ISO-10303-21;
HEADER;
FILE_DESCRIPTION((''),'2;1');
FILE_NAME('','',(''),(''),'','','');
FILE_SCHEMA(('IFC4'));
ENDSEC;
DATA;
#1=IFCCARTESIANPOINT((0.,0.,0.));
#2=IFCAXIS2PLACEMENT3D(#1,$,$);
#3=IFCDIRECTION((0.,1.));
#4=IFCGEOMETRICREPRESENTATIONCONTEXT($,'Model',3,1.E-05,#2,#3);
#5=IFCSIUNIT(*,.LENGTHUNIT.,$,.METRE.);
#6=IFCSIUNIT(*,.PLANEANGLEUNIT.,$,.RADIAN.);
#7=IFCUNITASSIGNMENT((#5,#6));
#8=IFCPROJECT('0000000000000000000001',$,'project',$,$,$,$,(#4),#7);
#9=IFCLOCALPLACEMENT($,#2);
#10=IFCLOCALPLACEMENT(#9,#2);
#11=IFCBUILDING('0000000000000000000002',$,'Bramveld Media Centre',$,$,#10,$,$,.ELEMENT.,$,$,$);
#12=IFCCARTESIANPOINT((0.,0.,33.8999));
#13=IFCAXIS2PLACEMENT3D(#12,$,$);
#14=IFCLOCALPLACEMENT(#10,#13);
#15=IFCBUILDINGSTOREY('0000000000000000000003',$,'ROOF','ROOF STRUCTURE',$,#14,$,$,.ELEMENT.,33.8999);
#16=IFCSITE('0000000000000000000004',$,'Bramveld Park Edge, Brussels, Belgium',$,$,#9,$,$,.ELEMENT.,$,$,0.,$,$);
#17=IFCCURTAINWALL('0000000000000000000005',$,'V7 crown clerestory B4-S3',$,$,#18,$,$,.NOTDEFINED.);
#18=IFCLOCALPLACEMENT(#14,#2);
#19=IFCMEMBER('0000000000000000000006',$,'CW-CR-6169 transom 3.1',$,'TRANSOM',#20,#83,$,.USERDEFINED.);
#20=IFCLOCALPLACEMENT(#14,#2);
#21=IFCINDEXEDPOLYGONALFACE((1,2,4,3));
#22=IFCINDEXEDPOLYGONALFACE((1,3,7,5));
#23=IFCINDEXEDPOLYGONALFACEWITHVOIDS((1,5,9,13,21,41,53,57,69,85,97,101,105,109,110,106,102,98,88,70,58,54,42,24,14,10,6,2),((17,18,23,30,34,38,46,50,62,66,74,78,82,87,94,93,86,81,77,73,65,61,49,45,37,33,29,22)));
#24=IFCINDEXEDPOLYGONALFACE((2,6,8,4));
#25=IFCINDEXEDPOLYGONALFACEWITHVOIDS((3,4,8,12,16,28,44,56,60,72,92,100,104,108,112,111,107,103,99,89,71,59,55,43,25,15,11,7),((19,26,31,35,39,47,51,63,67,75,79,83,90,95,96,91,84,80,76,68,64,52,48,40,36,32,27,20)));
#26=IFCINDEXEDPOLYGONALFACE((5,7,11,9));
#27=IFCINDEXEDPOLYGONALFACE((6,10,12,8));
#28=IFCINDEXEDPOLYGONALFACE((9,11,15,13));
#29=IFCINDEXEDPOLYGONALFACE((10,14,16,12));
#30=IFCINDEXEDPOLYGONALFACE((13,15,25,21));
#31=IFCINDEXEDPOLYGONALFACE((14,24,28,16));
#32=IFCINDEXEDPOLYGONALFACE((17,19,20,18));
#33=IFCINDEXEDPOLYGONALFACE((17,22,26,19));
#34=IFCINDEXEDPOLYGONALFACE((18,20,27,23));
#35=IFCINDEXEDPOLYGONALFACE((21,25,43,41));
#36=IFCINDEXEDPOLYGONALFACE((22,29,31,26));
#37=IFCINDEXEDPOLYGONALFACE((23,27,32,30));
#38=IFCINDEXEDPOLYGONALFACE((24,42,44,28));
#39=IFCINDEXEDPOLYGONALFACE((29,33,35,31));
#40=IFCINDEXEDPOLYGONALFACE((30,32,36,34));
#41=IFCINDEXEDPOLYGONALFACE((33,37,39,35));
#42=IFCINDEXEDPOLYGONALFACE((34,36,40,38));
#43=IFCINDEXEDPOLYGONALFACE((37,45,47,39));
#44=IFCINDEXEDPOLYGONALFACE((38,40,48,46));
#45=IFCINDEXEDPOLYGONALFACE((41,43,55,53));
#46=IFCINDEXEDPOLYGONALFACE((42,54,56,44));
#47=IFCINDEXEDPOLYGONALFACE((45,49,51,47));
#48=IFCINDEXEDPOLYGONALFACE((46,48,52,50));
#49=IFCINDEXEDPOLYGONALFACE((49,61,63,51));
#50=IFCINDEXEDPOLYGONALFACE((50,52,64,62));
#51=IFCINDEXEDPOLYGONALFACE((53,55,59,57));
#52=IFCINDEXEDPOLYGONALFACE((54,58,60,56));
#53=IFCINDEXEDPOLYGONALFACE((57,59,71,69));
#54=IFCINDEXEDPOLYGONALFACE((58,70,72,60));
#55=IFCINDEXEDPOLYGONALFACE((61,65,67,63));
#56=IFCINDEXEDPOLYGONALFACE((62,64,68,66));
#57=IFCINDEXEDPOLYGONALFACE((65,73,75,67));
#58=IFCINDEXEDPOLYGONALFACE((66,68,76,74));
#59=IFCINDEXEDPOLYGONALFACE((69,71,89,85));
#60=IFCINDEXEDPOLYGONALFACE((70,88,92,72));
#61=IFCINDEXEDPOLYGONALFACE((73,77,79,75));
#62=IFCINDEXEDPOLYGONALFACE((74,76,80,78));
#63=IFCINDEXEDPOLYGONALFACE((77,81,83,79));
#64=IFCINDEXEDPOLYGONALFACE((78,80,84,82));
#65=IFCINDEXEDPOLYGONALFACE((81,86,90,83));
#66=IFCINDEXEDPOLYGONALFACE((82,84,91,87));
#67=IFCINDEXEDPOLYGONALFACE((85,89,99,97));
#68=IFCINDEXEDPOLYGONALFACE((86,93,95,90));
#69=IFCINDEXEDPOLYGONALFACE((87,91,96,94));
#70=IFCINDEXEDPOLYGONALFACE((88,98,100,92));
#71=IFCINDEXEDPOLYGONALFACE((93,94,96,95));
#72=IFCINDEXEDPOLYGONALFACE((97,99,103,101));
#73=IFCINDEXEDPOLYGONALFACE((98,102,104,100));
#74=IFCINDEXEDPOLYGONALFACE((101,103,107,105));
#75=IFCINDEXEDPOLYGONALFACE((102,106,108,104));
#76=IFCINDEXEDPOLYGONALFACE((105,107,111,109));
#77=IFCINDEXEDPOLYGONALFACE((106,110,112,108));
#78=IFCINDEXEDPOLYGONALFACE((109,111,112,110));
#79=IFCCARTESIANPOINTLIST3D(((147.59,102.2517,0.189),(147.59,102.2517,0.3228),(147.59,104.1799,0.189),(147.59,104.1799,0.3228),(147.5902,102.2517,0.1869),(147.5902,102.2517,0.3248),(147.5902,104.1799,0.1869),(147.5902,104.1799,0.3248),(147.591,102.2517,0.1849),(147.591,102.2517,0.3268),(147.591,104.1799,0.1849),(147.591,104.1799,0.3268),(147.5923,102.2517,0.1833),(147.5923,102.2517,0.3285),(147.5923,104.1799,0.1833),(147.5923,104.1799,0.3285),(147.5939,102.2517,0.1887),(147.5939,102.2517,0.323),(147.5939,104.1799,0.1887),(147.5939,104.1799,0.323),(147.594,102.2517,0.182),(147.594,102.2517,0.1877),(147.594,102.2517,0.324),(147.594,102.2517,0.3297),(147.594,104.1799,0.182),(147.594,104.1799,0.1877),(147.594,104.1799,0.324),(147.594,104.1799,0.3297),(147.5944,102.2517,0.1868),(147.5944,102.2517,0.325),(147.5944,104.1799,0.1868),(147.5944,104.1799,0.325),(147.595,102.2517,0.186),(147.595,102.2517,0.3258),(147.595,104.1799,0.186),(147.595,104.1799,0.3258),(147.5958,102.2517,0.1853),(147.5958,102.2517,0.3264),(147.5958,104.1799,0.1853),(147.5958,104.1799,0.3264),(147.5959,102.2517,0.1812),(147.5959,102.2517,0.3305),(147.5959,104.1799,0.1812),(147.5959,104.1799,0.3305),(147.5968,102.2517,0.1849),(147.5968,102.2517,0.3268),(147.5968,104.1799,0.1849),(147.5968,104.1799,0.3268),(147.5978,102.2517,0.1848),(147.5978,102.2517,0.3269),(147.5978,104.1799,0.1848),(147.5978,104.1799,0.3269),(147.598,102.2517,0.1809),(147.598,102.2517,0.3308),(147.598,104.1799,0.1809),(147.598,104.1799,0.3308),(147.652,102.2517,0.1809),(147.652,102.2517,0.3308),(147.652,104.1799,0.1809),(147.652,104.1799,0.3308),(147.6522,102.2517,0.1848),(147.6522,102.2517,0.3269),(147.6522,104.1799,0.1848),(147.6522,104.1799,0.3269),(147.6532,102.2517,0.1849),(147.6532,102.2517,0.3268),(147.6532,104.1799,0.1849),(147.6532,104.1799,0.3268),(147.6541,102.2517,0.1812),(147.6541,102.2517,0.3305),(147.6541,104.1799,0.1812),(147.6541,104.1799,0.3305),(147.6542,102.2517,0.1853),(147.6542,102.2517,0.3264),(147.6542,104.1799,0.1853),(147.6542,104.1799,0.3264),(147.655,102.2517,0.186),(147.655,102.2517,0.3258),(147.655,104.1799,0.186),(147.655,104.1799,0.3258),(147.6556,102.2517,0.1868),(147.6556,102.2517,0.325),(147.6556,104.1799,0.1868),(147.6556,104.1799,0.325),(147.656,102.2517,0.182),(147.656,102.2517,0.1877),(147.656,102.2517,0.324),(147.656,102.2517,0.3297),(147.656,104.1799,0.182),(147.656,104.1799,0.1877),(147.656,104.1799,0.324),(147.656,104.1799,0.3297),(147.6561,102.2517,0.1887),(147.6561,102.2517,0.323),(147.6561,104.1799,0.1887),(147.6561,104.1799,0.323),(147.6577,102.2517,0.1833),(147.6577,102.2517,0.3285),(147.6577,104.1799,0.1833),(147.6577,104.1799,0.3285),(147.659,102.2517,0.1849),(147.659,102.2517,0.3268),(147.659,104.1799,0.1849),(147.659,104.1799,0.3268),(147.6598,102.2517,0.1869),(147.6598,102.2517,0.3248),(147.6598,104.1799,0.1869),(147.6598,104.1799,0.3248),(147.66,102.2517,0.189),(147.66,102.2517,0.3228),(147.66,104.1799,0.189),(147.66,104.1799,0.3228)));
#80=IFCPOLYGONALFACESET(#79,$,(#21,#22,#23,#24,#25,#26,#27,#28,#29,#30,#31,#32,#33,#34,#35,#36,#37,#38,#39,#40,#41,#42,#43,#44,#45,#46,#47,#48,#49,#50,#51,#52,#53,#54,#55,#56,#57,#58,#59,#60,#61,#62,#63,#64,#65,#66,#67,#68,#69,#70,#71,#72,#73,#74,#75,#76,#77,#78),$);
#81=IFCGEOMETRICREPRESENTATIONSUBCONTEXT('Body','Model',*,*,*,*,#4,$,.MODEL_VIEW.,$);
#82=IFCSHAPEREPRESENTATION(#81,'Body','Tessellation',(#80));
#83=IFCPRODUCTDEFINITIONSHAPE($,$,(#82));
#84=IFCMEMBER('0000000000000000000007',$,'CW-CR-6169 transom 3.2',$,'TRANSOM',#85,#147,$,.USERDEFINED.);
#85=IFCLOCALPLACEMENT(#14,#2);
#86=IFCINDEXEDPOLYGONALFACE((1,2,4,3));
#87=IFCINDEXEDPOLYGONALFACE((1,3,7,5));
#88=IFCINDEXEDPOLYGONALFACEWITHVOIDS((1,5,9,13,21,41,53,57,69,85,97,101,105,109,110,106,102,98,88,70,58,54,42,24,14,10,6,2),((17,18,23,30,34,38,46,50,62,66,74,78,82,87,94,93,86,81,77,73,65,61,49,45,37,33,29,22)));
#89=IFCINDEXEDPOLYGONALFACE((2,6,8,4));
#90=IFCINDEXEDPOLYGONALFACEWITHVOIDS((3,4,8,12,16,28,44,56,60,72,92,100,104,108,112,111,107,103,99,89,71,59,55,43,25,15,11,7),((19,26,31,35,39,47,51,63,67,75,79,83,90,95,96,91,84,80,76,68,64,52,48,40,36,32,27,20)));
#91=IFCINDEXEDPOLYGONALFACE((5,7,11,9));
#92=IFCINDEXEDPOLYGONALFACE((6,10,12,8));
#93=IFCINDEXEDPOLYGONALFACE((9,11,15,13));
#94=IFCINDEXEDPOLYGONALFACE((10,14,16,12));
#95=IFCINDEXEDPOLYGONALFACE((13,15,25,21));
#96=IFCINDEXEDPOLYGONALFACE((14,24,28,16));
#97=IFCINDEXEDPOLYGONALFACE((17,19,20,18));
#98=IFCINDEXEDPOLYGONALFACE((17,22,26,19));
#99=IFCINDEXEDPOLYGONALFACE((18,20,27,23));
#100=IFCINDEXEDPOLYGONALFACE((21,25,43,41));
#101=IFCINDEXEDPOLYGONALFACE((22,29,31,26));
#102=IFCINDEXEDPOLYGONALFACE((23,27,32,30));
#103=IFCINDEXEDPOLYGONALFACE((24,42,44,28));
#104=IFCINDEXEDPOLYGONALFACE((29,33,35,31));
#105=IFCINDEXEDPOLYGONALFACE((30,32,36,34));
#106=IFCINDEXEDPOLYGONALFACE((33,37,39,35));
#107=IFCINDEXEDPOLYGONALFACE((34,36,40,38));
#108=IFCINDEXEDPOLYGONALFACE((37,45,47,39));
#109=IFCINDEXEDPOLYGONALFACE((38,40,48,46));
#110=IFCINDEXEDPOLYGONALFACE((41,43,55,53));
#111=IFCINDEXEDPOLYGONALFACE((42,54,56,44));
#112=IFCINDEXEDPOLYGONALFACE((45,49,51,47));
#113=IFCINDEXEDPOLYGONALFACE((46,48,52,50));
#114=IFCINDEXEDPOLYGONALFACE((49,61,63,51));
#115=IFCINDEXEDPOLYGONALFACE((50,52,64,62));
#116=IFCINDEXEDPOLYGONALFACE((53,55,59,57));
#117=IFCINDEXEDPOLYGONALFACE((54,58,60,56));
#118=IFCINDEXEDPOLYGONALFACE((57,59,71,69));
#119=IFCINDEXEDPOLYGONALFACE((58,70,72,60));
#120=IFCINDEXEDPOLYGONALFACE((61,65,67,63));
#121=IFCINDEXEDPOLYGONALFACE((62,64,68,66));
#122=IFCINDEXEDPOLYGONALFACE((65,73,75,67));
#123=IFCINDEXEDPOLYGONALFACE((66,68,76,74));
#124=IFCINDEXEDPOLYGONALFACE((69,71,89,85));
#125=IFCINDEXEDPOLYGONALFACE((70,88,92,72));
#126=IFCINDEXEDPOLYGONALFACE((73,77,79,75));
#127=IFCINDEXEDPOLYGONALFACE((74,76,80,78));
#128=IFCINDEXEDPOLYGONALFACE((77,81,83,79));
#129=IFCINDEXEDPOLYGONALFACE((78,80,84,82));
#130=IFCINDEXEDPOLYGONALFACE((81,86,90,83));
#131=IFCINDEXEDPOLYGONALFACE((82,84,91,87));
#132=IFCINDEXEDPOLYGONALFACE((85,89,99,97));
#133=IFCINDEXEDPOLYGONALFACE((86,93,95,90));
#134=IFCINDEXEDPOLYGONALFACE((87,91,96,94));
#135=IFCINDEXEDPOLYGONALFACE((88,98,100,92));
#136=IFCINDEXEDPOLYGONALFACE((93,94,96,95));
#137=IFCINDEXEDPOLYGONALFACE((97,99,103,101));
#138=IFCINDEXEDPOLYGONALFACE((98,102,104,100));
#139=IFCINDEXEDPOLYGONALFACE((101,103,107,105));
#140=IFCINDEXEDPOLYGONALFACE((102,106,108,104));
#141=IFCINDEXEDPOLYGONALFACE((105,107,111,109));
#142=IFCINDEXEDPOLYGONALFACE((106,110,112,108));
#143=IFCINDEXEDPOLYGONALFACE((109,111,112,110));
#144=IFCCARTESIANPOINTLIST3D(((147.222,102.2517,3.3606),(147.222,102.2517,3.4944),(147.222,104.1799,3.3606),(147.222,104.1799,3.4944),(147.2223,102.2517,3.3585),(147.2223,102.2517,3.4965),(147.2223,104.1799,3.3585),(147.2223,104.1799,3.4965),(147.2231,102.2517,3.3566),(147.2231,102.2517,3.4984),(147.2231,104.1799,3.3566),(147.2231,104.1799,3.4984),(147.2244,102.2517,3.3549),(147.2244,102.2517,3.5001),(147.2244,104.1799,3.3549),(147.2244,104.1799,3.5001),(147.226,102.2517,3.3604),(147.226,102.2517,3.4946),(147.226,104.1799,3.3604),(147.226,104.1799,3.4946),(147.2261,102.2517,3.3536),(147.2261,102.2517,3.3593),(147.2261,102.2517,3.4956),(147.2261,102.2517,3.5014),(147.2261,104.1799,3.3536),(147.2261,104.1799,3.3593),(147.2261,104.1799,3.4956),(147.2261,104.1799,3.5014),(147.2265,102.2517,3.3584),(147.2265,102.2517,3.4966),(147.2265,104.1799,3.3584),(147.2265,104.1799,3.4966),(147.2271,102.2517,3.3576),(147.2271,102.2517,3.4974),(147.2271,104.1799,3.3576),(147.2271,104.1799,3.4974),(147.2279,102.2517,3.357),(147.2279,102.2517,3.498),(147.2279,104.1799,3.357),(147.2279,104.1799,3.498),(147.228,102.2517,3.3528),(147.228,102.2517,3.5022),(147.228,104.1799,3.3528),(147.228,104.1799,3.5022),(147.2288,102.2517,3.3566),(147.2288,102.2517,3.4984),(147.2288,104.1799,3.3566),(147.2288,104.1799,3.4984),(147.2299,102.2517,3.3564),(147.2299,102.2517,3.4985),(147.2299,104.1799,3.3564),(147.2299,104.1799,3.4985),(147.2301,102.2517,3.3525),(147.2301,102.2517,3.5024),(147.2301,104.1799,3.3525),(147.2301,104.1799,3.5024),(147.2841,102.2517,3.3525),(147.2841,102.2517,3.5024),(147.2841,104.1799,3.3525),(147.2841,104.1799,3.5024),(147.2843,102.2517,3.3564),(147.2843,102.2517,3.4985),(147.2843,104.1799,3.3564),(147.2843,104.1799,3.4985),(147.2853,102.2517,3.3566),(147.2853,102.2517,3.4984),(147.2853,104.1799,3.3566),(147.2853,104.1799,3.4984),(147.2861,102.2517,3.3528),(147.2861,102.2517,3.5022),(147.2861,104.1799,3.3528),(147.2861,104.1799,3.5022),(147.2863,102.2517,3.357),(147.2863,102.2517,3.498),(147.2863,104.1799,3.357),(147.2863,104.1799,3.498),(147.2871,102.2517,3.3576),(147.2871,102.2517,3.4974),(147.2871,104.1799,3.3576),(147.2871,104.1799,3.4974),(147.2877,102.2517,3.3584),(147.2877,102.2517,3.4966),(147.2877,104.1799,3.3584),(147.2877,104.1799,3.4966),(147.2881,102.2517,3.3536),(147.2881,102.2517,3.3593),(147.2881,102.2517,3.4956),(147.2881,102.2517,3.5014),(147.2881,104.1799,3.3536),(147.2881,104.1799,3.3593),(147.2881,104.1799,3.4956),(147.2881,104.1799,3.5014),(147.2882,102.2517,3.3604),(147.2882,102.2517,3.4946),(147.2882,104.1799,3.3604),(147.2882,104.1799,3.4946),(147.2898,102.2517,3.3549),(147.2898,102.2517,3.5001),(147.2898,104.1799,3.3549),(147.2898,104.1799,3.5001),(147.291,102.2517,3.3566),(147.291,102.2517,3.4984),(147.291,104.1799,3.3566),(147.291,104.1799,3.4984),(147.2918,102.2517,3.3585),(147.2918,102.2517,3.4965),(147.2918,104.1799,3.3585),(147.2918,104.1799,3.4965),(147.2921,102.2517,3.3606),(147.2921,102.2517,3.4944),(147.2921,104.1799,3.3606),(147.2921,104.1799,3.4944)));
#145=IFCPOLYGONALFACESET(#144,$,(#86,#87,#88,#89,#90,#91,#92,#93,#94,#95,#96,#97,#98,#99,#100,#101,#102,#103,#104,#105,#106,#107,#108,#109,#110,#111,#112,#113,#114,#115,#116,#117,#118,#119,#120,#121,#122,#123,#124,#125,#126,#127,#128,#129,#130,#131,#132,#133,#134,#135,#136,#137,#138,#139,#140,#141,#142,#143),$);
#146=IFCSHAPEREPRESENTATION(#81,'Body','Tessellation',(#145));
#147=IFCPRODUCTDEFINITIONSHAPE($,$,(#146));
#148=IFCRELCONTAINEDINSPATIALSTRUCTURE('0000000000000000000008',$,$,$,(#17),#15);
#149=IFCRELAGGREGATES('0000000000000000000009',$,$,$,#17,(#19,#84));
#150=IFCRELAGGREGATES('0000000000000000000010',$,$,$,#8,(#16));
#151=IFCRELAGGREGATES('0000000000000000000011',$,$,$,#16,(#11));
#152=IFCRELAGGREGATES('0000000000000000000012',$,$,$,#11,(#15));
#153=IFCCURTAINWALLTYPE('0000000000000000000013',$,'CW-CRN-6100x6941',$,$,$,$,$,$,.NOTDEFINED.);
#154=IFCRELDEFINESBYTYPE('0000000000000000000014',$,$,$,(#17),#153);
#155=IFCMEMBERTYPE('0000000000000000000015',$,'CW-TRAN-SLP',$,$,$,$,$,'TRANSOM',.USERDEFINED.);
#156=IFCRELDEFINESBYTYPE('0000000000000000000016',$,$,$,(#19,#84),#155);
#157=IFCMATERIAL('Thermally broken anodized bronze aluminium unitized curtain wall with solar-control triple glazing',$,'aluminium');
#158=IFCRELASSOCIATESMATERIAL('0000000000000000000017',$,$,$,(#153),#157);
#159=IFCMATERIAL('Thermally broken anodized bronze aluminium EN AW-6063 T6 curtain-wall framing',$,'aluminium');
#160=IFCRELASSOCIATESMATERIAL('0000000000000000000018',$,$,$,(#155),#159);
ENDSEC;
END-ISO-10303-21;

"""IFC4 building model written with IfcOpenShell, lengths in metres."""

from ifc_helpers import new_model, si_unit, direction, frame, origin, origin_2d, place, context, subcontext, project, spatial, hollow_rectangle, extrude, material, material_profile, profile_set, type_object, element, aggregate, save


model = new_model("IFC4")

# Units and contexts
model_context = context("Model", 3, precision=1e-05, world=origin(), true_north=direction((0.0, 1.0)))
body_context = subcontext(model_context, "Body", "Model", "MODEL_VIEW")
ifc_project = project(units=[si_unit("LENGTHUNIT", "METRE"), si_unit("PLANEANGLEUNIT", "RADIAN")], contexts=[model_context])

# Site, building, storey
site_placement = place(None, origin())
site = spatial("IfcSite", under=ifc_project, at=site_placement, Name="Bramveld Park Edge, Brussels, Belgium", CompositionType="ELEMENT", RefElevation=0.0)
building_placement = place(site_placement, origin())
building = spatial("IfcBuilding", under=site, at=building_placement, Name="Bramveld Media Centre", CompositionType="ELEMENT")
storey_placement = place(building_placement, frame((0.0, 0.0, 33.8999)))
storey = spatial("IfcBuildingStorey", under=building, at=storey_placement, Name="ROOF", Description="ROOF STRUCTURE", CompositionType="ELEMENT", Elevation=33.8999)

# Curtain wall, members
ifc_material_1 = material(Name="Thermally broken anodized bronze aluminium unitized curtain wall with solar-control triple glazing", Category="aluminium")
curtain_wall_type = type_object("IfcCurtainWallType", Name="CW-CRN-6100x6941", PredefinedType="NOTDEFINED", material=ifc_material_1)
curtain_wall_1_placement = place(storey_placement, origin())
curtain_wall_1 = element("IfcCurtainWall", 1, at=curtain_wall_1_placement, inside=storey, type_object=curtain_wall_type, Name="V7 crown clerestory B4-S3", PredefinedType="NOTDEFINED")
ifc_material_2 = material(Name="Thermally broken anodized bronze aluminium EN AW-6063 T6 curtain-wall framing", Category="aluminium")
ifc_material_profile_1 = material_profile(ifc_material_2, hollow_rectangle(XDim=0.0701, YDim=0.1499, WallThickness=0.0039, InnerFilletRadius=0.0039, OuterFilletRadius=0.0081, at=origin_2d()), Name="AL-TRAN 70x150")
ifc_profile_set_1 = profile_set([ifc_material_profile_1], Name="Thermally broken anodized bronze aluminium EN AW-6063 T6 curtain-wall framing")
member_type_1 = type_object("IfcMemberType", Name="CW-TRAN-SLP", ElementType="TRANSOM", PredefinedType="USERDEFINED", material=ifc_profile_set_1)
member_1_placement = place(storey_placement, frame((147.625, 102.2517, 0.2559), z_axis=(0.0, 1.0, 0.0), x_axis=(-1.0, 0.0, 0.0)))
member_1 = element("IfcMember", 2, at=member_1_placement, type_object=member_type_1, Name="CW-CR-6169 transom 3.1", ObjectType="TRANSOM", PredefinedType="USERDEFINED", context=body_context, shape_type="SweptSolid", body=[
    extrude(hollow_rectangle(XDim=0.0701, YDim=0.1499, WallThickness=0.0039, InnerFilletRadius=0.0039, OuterFilletRadius=0.0081, at=origin_2d()), origin(), (0.0, 0.0, 1.0), 1.9282),
])
member_2_placement = place(storey_placement, frame((147.2571, 102.2517, 3.4275), z_axis=(0.0, 1.0, 0.0), x_axis=(-1.0, 0.0, 0.0)))
member_2 = element("IfcMember", 3, at=member_2_placement, type_object=member_type_1, Name="CW-CR-6169 transom 3.2", ObjectType="TRANSOM", PredefinedType="USERDEFINED", context=body_context, shape_type="SweptSolid", body=[
    extrude(hollow_rectangle(XDim=0.0701, YDim=0.1499, WallThickness=0.0039, InnerFilletRadius=0.0039, OuterFilletRadius=0.0081, at=origin_2d()), origin(), (0.0, 0.0, 1.0), 1.9282),
])

aggregate(curtain_wall_1, [member_1, member_2])

save(model, "model.ifc")
